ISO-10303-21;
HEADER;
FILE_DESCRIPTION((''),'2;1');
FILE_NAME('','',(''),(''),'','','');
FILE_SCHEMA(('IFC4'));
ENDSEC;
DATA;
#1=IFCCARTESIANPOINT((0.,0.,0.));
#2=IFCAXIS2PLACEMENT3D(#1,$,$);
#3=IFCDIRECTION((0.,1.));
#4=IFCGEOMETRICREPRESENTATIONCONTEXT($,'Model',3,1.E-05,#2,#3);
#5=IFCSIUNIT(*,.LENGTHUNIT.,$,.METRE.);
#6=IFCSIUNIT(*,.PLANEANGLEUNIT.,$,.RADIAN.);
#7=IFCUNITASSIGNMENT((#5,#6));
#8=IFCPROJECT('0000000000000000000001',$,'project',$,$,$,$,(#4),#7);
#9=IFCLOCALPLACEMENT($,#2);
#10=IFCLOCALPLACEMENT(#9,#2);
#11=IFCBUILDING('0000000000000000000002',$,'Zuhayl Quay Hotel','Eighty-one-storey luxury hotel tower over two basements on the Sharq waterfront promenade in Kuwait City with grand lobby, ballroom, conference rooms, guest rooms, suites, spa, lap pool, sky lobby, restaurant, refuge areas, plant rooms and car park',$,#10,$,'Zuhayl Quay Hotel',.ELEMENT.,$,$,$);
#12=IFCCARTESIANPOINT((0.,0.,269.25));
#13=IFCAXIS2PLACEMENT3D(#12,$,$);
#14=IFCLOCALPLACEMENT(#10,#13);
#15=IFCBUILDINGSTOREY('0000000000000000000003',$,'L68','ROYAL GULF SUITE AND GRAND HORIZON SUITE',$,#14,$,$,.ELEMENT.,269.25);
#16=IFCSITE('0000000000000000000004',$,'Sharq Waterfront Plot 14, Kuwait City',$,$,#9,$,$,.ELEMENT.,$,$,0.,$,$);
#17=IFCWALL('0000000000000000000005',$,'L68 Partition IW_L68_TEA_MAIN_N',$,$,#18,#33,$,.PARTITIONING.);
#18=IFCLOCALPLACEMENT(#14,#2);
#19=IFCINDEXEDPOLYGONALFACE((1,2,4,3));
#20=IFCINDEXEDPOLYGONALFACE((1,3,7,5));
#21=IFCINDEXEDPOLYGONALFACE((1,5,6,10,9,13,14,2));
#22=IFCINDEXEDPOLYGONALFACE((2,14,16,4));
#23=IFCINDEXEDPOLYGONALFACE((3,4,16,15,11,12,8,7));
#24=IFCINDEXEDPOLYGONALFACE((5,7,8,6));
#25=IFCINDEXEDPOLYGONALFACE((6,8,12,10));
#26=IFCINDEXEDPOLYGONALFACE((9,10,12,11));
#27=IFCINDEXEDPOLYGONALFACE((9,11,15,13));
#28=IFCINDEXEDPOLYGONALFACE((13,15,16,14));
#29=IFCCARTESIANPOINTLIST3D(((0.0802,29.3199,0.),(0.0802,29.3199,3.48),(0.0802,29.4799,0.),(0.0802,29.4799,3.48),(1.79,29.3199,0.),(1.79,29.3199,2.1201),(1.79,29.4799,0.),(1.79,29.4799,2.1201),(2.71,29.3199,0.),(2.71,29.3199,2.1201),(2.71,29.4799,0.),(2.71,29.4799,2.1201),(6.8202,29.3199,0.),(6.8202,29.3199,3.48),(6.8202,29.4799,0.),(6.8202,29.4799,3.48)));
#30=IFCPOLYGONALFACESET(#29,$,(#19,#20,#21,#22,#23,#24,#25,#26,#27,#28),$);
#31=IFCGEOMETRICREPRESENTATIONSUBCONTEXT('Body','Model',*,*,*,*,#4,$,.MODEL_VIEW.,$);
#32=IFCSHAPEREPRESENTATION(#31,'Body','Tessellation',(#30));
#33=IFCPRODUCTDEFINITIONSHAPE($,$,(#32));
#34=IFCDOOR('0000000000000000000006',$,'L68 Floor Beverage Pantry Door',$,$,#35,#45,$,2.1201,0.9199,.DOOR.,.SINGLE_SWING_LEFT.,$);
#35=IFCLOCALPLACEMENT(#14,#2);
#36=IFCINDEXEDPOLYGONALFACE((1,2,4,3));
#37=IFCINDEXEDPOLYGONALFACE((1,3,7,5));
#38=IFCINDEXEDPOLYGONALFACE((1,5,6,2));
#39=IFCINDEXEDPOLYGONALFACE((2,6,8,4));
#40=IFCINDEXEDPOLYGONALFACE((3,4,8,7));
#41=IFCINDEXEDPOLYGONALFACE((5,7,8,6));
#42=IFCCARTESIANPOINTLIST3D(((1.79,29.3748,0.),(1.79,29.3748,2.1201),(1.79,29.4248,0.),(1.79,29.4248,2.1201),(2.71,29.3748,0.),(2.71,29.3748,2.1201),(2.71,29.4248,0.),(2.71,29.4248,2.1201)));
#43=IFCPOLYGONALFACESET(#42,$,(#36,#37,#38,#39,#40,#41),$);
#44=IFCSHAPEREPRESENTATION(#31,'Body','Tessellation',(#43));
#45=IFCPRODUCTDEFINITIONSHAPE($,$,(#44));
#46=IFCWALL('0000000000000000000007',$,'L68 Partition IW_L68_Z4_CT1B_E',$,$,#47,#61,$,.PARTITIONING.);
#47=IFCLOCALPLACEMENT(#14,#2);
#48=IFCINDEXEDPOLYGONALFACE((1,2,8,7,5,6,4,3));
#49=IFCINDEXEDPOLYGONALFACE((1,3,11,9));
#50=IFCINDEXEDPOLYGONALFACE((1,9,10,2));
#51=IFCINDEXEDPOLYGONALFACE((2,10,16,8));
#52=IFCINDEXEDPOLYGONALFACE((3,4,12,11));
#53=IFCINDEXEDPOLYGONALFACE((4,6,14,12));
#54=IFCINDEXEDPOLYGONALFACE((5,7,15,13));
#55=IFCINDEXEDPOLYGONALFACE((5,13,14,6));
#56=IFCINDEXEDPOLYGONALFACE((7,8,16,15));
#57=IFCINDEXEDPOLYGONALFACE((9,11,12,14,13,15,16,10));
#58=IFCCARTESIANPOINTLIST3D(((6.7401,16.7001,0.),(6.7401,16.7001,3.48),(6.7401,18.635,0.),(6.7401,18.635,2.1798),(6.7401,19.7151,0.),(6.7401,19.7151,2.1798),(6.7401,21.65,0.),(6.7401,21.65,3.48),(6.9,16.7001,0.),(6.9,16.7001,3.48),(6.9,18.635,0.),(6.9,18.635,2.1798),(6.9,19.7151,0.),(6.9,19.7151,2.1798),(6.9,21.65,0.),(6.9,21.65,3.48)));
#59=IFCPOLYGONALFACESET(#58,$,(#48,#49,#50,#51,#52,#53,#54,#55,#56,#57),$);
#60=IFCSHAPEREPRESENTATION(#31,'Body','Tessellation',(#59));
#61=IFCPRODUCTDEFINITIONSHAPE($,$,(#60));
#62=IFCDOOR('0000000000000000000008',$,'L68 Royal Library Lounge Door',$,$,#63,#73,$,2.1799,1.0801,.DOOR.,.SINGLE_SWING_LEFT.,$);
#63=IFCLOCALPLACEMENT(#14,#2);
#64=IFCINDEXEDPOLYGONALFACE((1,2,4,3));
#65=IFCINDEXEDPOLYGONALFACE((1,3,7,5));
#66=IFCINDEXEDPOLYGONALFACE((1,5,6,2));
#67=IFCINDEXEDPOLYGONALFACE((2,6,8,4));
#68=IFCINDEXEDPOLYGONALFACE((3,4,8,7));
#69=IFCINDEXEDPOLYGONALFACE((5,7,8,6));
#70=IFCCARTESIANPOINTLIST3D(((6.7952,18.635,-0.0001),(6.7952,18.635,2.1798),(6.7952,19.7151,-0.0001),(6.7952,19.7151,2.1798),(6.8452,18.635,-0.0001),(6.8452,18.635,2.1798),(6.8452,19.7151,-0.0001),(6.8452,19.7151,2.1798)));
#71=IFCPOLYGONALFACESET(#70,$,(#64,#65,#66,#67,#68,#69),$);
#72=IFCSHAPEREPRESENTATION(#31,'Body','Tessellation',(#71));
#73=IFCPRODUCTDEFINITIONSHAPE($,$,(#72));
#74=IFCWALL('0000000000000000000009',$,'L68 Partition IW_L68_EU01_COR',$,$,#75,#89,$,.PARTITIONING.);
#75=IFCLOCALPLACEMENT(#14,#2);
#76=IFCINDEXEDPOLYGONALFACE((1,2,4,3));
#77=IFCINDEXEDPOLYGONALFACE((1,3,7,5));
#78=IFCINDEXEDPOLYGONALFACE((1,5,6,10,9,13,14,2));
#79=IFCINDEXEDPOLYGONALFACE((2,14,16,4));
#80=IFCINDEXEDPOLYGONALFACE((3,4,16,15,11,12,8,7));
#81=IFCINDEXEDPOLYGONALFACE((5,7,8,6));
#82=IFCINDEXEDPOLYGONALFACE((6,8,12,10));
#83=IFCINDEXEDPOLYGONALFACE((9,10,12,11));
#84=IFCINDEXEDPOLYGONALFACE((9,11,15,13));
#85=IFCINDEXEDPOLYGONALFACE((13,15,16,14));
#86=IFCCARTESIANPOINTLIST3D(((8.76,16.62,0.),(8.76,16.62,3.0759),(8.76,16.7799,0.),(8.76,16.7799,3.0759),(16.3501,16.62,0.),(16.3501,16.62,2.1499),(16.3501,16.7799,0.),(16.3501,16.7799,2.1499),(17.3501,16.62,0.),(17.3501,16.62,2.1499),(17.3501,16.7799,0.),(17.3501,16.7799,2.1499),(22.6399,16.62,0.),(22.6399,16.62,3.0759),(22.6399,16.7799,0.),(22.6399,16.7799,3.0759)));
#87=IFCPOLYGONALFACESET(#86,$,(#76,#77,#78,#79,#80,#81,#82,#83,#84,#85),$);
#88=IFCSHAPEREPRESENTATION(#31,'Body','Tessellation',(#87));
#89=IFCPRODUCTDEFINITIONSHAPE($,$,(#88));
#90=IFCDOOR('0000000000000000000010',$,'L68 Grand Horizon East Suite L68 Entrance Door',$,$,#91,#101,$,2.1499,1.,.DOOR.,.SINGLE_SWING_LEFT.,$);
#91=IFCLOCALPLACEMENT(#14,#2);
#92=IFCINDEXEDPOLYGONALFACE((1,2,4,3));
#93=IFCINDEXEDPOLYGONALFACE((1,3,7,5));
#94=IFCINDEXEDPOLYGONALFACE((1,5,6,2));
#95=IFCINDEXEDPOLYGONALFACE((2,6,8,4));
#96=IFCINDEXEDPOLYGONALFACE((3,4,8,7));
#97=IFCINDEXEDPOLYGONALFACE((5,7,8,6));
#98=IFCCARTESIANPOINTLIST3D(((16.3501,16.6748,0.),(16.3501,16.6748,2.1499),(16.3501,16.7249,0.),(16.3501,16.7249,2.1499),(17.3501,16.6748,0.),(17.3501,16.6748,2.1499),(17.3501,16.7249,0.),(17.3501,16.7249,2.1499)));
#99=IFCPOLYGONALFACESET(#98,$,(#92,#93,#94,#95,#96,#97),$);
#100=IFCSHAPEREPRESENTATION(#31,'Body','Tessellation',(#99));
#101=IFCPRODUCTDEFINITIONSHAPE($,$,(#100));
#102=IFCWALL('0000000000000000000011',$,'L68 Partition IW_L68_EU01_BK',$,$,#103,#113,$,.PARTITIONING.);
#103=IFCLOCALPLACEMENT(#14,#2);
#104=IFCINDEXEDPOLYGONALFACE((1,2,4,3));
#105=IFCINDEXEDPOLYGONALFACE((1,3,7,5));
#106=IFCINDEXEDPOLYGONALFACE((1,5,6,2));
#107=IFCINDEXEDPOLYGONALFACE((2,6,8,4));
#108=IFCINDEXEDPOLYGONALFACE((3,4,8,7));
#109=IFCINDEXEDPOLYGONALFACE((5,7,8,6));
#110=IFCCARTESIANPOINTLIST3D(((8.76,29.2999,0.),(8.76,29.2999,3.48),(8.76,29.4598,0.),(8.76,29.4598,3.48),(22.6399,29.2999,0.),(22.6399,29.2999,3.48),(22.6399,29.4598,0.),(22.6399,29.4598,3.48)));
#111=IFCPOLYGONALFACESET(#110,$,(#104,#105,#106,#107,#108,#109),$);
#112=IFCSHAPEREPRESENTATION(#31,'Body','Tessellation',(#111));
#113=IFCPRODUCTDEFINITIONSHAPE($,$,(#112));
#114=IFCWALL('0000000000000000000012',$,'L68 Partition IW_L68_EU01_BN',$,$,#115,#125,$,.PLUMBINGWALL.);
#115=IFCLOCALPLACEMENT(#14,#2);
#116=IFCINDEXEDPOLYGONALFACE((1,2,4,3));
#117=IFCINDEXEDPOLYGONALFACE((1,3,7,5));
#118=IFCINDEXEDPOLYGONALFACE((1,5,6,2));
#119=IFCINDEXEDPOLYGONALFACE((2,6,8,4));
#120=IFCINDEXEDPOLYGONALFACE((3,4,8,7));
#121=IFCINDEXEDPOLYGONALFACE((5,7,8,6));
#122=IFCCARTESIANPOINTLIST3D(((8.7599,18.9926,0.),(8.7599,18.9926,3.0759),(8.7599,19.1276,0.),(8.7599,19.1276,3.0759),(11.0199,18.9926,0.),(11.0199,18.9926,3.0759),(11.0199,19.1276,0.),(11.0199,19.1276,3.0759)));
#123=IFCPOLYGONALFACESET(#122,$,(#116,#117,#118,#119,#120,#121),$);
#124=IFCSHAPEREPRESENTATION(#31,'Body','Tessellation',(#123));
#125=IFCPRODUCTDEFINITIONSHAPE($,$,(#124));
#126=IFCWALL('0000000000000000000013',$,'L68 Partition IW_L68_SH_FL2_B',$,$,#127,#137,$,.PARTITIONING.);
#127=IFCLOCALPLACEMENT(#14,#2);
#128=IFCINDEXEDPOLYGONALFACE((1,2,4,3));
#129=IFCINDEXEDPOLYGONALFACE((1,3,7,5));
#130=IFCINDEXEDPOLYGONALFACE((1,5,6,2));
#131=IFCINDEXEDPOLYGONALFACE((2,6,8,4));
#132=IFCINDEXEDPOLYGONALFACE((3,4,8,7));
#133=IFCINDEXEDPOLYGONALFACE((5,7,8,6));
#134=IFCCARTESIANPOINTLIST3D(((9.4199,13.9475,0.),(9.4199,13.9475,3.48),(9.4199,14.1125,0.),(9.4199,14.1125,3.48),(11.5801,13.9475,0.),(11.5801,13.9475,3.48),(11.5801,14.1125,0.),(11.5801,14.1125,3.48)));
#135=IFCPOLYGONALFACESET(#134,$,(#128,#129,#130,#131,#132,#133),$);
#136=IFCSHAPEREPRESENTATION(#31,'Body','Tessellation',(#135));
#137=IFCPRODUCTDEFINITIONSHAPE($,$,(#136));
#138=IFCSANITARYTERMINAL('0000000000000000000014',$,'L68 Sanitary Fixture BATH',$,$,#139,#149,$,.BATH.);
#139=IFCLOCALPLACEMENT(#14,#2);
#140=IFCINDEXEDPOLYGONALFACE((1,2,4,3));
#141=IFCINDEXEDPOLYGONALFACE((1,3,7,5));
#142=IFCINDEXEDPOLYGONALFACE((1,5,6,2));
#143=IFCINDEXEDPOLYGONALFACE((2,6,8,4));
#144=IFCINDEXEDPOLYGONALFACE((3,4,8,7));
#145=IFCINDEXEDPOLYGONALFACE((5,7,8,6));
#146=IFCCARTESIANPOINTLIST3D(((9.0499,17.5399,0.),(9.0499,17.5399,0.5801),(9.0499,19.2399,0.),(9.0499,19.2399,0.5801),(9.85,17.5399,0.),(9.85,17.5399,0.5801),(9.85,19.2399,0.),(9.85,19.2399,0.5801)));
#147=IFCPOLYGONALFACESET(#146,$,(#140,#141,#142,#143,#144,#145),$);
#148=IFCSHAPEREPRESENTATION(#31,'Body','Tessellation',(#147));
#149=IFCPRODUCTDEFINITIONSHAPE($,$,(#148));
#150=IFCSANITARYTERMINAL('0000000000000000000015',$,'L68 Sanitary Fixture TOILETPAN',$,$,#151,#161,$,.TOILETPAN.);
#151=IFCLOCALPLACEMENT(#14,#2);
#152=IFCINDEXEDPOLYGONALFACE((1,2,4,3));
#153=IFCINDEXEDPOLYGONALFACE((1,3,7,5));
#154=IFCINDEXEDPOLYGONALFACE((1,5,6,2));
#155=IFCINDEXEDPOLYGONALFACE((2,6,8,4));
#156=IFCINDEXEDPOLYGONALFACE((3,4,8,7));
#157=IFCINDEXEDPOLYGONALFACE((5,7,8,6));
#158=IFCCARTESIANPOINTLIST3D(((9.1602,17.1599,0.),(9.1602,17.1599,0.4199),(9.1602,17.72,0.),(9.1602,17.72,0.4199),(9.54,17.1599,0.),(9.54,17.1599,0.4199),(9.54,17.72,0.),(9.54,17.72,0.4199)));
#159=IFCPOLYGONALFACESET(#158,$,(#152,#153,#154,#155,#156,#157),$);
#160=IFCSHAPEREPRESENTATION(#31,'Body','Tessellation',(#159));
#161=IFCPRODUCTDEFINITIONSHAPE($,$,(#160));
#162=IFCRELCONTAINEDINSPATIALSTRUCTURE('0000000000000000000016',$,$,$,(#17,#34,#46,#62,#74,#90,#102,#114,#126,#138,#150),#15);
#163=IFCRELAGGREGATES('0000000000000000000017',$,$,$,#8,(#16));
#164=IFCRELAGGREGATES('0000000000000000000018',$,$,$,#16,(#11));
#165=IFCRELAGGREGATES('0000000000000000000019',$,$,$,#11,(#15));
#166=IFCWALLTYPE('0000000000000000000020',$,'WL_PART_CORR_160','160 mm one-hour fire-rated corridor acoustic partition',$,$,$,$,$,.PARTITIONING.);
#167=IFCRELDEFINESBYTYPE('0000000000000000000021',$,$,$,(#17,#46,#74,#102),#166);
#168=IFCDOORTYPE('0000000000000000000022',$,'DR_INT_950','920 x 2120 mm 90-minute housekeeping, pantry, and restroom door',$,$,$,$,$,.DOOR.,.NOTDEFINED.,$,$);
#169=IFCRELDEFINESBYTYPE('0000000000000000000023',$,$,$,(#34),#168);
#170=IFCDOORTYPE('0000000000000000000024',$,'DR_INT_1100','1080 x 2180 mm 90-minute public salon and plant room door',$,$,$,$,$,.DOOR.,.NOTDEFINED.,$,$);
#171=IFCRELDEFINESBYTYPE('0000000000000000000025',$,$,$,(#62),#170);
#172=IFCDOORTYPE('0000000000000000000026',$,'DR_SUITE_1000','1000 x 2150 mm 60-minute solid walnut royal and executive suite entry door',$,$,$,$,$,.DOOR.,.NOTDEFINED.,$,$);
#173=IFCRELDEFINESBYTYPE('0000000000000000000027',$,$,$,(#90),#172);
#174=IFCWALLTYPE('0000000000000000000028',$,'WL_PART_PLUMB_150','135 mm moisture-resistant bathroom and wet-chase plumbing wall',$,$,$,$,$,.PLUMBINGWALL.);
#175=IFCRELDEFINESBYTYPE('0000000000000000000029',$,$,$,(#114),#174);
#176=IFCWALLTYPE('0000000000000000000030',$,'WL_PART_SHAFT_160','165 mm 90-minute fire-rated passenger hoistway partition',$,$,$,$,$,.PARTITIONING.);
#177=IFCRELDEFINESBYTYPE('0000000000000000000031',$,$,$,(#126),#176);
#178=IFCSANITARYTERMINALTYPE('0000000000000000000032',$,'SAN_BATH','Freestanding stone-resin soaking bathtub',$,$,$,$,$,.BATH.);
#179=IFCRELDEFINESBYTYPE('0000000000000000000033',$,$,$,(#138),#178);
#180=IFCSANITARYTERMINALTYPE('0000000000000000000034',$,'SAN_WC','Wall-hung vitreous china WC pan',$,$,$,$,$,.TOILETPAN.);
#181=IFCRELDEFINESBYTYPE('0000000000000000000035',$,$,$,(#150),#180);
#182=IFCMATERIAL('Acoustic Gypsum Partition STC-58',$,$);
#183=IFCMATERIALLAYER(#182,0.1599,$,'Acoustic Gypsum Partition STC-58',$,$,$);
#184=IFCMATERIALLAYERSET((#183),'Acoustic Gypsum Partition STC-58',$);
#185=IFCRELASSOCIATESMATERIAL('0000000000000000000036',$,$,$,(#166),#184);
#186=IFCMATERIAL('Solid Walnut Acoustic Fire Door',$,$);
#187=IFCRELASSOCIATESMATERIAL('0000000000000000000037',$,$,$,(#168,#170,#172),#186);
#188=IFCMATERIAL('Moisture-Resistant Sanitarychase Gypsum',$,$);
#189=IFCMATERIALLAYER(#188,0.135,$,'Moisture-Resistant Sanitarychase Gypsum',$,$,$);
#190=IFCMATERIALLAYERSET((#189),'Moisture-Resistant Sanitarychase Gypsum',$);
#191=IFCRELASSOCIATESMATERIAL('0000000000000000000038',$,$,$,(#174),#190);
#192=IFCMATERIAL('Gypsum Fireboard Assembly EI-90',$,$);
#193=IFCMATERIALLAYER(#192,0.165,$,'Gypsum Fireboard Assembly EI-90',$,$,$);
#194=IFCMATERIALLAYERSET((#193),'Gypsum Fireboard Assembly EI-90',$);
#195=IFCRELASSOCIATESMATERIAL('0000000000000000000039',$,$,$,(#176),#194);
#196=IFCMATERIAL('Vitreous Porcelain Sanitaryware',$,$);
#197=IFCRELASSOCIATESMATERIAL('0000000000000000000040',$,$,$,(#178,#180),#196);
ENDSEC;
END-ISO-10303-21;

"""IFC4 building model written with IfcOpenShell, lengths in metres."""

from ifc_helpers import new_model, si_unit, direction, frame, frame_2d, origin, origin_2d, place, context, subcontext, project, spatial, rectangle, extrude, material, layer, layer_set, type_object, element, fill, save


model = new_model("IFC4")

# Units and contexts
model_context = context("Model", 3, precision=1e-05, world=origin(), true_north=direction((0.0, 1.0)))
body_context = subcontext(model_context, "Body", "Model", "MODEL_VIEW")
ifc_project = project(units=[si_unit("LENGTHUNIT", "METRE"), si_unit("PLANEANGLEUNIT", "RADIAN")], contexts=[model_context])

# Site, building, storey
site_placement = place(None, origin())
site = spatial("IfcSite", under=ifc_project, at=site_placement, Name="Sharq Waterfront Plot 14, Kuwait City", CompositionType="ELEMENT", RefElevation=0.0)
building_placement = place(site_placement, origin())
building = spatial("IfcBuilding", under=site, at=building_placement, Name="Zuhayl Quay Hotel", Description="Eighty-one-storey luxury hotel tower over two basements on the Sharq waterfront promenade in Kuwait City with grand lobby, ballroom, conference rooms, guest rooms, suites, spa, lap pool, sky lobby, restaurant, refuge areas, plant rooms and car park", LongName="Zuhayl Quay Hotel", CompositionType="ELEMENT")
storey_placement = place(building_placement, frame((0.0, 0.0, 269.25)))
storey = spatial("IfcBuildingStorey", under=building, at=storey_placement, Name="L68", Description="ROYAL GULF SUITE AND GRAND HORIZON SUITE", CompositionType="ELEMENT", Elevation=269.25)

# Shared definitions
ifc_material_1 = material(Name="Acoustic Gypsum Partition STC-58")

# Walls, openings, doors
ifc_layer_1 = layer(ifc_material_1, 0.1599, Name="Acoustic Gypsum Partition STC-58")
ifc_layer_set_1 = layer_set([ifc_layer_1], Name="Acoustic Gypsum Partition STC-58")
wall_type_1 = type_object("IfcWallType", Name="WL_PART_CORR_160", Description="160 mm one-hour fire-rated corridor acoustic partition", PredefinedType="PARTITIONING", material=ifc_layer_set_1)
wall_1_placement = place(storey_placement, frame((0.0801, 29.3999, 0.0), z_axis=(0.0, 0.0, 1.0), x_axis=(1.0, 0.0, 0.0)))
wall_1 = element("IfcWall", 1, at=wall_1_placement, inside=storey, type_object=wall_type_1, Name="L68 Partition IW_L68_TEA_MAIN_N", PredefinedType="PARTITIONING", context=body_context, shape_type="SweptSolid", body=[
    extrude(rectangle(XDim=6.74, YDim=0.1599, at=frame_2d((3.3701, 0.0))), origin(), (0.0, 0.0, 1.0), 3.48),
])
opening_1_placement = place(wall_1_placement, frame((1.71, 0.0, 0.0)))
opening_1 = element("IfcOpeningElement", 2, at=opening_1_placement, cuts=wall_1, PredefinedType="OPENING", context=body_context, shape_type="SweptSolid", body=[
    extrude(rectangle(XDim=0.9199, YDim=2.1201, at=frame_2d((0.46, 1.0601))), frame((0.0, 0.0898, 0.0), z_axis=(0.0, -1.0, 0.0), x_axis=(1.0, 0.0, 0.0)), (0.0, 0.0, 1.0), 0.1799),
])
ifc_material_2 = material(Name="Solid Walnut Acoustic Fire Door")
door_type_1 = type_object("IfcDoorType", Name="DR_INT_950", Description="920 x 2120 mm 90-minute housekeeping, pantry, and restroom door", OperationType="NOTDEFINED", PredefinedType="DOOR", material=ifc_material_2)
door_1_placement = place(opening_1_placement, origin())
door_1 = element("IfcDoor", 3, at=door_1_placement, inside=storey, type_object=door_type_1, Name="L68 Floor Beverage Pantry Door", OperationType="SINGLE_SWING_LEFT", OverallHeight=2.1201, OverallWidth=0.9199, PredefinedType="DOOR", context=body_context, shape_type="SweptSolid", body=[
    extrude(rectangle(XDim=0.9199, YDim=2.1201, at=frame_2d((0.46, 1.0601))), frame((0.0, 0.0249, 0.0), z_axis=(0.0, -1.0, 0.0), x_axis=(1.0, 0.0, 0.0)), (0.0, 0.0, 1.0), 0.05),
])
fill(opening_1, door_1)
wall_2_placement = place(storey_placement, frame((6.8201, 16.7, 0.0), z_axis=(0.0, 0.0, 1.0), x_axis=(0.0, 1.0, 0.0)))
wall_2 = element("IfcWall", 4, at=wall_2_placement, inside=storey, type_object=wall_type_1, Name="L68 Partition IW_L68_Z4_CT1B_E", PredefinedType="PARTITIONING", context=body_context, shape_type="SweptSolid", body=[
    extrude(rectangle(XDim=4.95, YDim=0.1599, at=frame_2d((2.4751, 0.0))), origin(), (0.0, 0.0, 1.0), 3.48),
])
opening_2_placement = place(wall_2_placement, frame((1.9351, 0.0, 0.0)))
opening_2 = element("IfcOpeningElement", 5, at=opening_2_placement, cuts=wall_2, PredefinedType="OPENING", context=body_context, shape_type="SweptSolid", body=[
    extrude(rectangle(XDim=1.0801, YDim=2.1799, at=frame_2d((0.54, 1.0898))), frame((0.0, 0.0898, 0.0), z_axis=(0.0, -1.0, 0.0), x_axis=(1.0, 0.0, 0.0)), (0.0, 0.0, 1.0), 0.1799),
])
door_type_2 = type_object("IfcDoorType", Name="DR_INT_1100", Description="1080 x 2180 mm 90-minute public salon and plant room door", OperationType="NOTDEFINED", PredefinedType="DOOR", material=ifc_material_2)
door_2_placement = place(opening_2_placement, origin())
door_2 = element("IfcDoor", 6, at=door_2_placement, inside=storey, type_object=door_type_2, Name="L68 Royal Library Lounge Door", OperationType="SINGLE_SWING_LEFT", OverallHeight=2.1799, OverallWidth=1.0801, PredefinedType="DOOR", context=body_context, shape_type="SweptSolid", body=[
    extrude(rectangle(XDim=1.0801, YDim=2.1799, at=frame_2d((0.54, 1.0898))), frame((0.0, 0.0249, 0.0), z_axis=(0.0, -1.0, 0.0), x_axis=(1.0, 0.0, 0.0)), (0.0, 0.0, 1.0), 0.05),
])
fill(opening_2, door_2)
wall_3_placement = place(storey_placement, frame((8.76, 16.7, 0.0), z_axis=(0.0, 0.0, 1.0), x_axis=(1.0, 0.0, 0.0)))
wall_3 = element("IfcWall", 7, at=wall_3_placement, inside=storey, type_object=wall_type_1, Name="L68 Partition IW_L68_EU01_COR", PredefinedType="PARTITIONING", context=body_context, shape_type="SweptSolid", body=[
    extrude(rectangle(XDim=13.8799, YDim=0.1599, at=frame_2d((6.9399, 0.0))), origin(), (0.0, 0.0, 1.0), 3.0759),
])
opening_3_placement = place(wall_3_placement, frame((7.5901, 0.0, 0.0)))
opening_3 = element("IfcOpeningElement", 8, at=opening_3_placement, cuts=wall_3, PredefinedType="OPENING", context=body_context, shape_type="SweptSolid", body=[
    extrude(rectangle(XDim=1.0, YDim=2.1499, at=frame_2d((0.5, 1.075))), frame((0.0, 0.0898, 0.0), z_axis=(0.0, -1.0, 0.0), x_axis=(1.0, 0.0, 0.0)), (0.0, 0.0, 1.0), 0.1799),
])
door_type_3 = type_object("IfcDoorType", Name="DR_SUITE_1000", Description="1000 x 2150 mm 60-minute solid walnut royal and executive suite entry door", OperationType="NOTDEFINED", PredefinedType="DOOR", material=ifc_material_2)
door_3_placement = place(opening_3_placement, origin())
door_3 = element("IfcDoor", 9, at=door_3_placement, inside=storey, type_object=door_type_3, Name="L68 Grand Horizon East Suite L68 Entrance Door", OperationType="SINGLE_SWING_LEFT", OverallHeight=2.1499, OverallWidth=1.0, PredefinedType="DOOR", context=body_context, shape_type="SweptSolid", body=[
    extrude(rectangle(XDim=1.0, YDim=2.1499, at=frame_2d((0.5, 1.075))), frame((0.0, 0.0249, 0.0), z_axis=(0.0, -1.0, 0.0), x_axis=(1.0, 0.0, 0.0)), (0.0, 0.0, 1.0), 0.05),
])
fill(opening_3, door_3)

# Walls
wall_4_placement = place(storey_placement, frame((8.76, 29.3799, 0.0), z_axis=(0.0, 0.0, 1.0), x_axis=(1.0, 0.0, 0.0)))
element("IfcWall", 10, at=wall_4_placement, inside=storey, type_object=wall_type_1, Name="L68 Partition IW_L68_EU01_BK", PredefinedType="PARTITIONING", context=body_context, shape_type="SweptSolid", body=[
    extrude(rectangle(XDim=13.8799, YDim=0.1599, at=frame_2d((6.9399, 0.0))), origin(), (0.0, 0.0, 1.0), 3.48),
])
ifc_material_3 = material(Name="Moisture-Resistant Sanitarychase Gypsum")
ifc_layer_2 = layer(ifc_material_3, 0.135, Name="Moisture-Resistant Sanitarychase Gypsum")
ifc_layer_set_2 = layer_set([ifc_layer_2], Name="Moisture-Resistant Sanitarychase Gypsum")
wall_type_2 = type_object("IfcWallType", Name="WL_PART_PLUMB_150", Description="135 mm moisture-resistant bathroom and wet-chase plumbing wall", PredefinedType="PLUMBINGWALL", material=ifc_layer_set_2)
wall_5_placement = place(storey_placement, frame((8.76, 19.0601, 0.0), z_axis=(0.0, 0.0, 1.0), x_axis=(1.0, 0.0, 0.0)))
element("IfcWall", 11, at=wall_5_placement, inside=storey, type_object=wall_type_2, Name="L68 Partition IW_L68_EU01_BN", PredefinedType="PLUMBINGWALL", context=body_context, shape_type="SweptSolid", body=[
    extrude(rectangle(XDim=2.26, YDim=0.135, at=frame_2d((1.1299, 0.0))), origin(), (0.0, 0.0, 1.0), 3.0759),
])
ifc_material_4 = material(Name="Gypsum Fireboard Assembly EI-90")
ifc_layer_3 = layer(ifc_material_4, 0.165, Name="Gypsum Fireboard Assembly EI-90")
ifc_layer_set_3 = layer_set([ifc_layer_3], Name="Gypsum Fireboard Assembly EI-90")
wall_type_3 = type_object("IfcWallType", Name="WL_PART_SHAFT_160", Description="165 mm 90-minute fire-rated passenger hoistway partition", PredefinedType="PARTITIONING", material=ifc_layer_set_3)
wall_6_placement = place(storey_placement, frame((9.4199, 14.03, 0.0), z_axis=(0.0, 0.0, 1.0), x_axis=(1.0, 0.0, 0.0)))
element("IfcWall", 12, at=wall_6_placement, inside=storey, type_object=wall_type_3, Name="L68 Partition IW_L68_SH_FL2_B", PredefinedType="PARTITIONING", context=body_context, shape_type="SweptSolid", body=[
    extrude(rectangle(XDim=2.1602, YDim=0.165, at=frame_2d((1.0801, 0.0))), origin(), (0.0, 0.0, 1.0), 3.48),
])

# Sanitary terminals
ifc_material_5 = material(Name="Vitreous Porcelain Sanitaryware")
sanitary_terminal_type_1 = type_object("IfcSanitaryTerminalType", Name="SAN_BATH", Description="Freestanding stone-resin soaking bathtub", PredefinedType="BATH", material=ifc_material_5)
sanitary_terminal_1_placement = place(storey_placement, frame((9.45, 18.3899, 0.0), z_axis=(0.0, 0.0, 1.0), x_axis=(1.0, 0.0, 0.0)))
element("IfcSanitaryTerminal", 13, at=sanitary_terminal_1_placement, inside=storey, type_object=sanitary_terminal_type_1, Name="L68 Sanitary Fixture BATH", PredefinedType="BATH", context=body_context, shape_type="SweptSolid", body=[
    extrude(rectangle(XDim=0.8, YDim=1.7, at=origin_2d()), origin(), (0.0, 0.0, 1.0), 0.5801),
])
sanitary_terminal_type_2 = type_object("IfcSanitaryTerminalType", Name="SAN_WC", Description="Wall-hung vitreous china WC pan", PredefinedType="TOILETPAN", material=ifc_material_5)
sanitary_terminal_2_placement = place(storey_placement, frame((9.3501, 17.4399, 0.0), z_axis=(0.0, 0.0, 1.0), x_axis=(1.0, 0.0, 0.0)))
element("IfcSanitaryTerminal", 14, at=sanitary_terminal_2_placement, inside=storey, type_object=sanitary_terminal_type_2, Name="L68 Sanitary Fixture TOILETPAN", PredefinedType="TOILETPAN", context=body_context, shape_type="SweptSolid", body=[
    extrude(rectangle(XDim=0.3799, YDim=0.5601, at=origin_2d()), origin(), (0.0, 0.0, 1.0), 0.4199),
])

save(model, "model.ifc")
